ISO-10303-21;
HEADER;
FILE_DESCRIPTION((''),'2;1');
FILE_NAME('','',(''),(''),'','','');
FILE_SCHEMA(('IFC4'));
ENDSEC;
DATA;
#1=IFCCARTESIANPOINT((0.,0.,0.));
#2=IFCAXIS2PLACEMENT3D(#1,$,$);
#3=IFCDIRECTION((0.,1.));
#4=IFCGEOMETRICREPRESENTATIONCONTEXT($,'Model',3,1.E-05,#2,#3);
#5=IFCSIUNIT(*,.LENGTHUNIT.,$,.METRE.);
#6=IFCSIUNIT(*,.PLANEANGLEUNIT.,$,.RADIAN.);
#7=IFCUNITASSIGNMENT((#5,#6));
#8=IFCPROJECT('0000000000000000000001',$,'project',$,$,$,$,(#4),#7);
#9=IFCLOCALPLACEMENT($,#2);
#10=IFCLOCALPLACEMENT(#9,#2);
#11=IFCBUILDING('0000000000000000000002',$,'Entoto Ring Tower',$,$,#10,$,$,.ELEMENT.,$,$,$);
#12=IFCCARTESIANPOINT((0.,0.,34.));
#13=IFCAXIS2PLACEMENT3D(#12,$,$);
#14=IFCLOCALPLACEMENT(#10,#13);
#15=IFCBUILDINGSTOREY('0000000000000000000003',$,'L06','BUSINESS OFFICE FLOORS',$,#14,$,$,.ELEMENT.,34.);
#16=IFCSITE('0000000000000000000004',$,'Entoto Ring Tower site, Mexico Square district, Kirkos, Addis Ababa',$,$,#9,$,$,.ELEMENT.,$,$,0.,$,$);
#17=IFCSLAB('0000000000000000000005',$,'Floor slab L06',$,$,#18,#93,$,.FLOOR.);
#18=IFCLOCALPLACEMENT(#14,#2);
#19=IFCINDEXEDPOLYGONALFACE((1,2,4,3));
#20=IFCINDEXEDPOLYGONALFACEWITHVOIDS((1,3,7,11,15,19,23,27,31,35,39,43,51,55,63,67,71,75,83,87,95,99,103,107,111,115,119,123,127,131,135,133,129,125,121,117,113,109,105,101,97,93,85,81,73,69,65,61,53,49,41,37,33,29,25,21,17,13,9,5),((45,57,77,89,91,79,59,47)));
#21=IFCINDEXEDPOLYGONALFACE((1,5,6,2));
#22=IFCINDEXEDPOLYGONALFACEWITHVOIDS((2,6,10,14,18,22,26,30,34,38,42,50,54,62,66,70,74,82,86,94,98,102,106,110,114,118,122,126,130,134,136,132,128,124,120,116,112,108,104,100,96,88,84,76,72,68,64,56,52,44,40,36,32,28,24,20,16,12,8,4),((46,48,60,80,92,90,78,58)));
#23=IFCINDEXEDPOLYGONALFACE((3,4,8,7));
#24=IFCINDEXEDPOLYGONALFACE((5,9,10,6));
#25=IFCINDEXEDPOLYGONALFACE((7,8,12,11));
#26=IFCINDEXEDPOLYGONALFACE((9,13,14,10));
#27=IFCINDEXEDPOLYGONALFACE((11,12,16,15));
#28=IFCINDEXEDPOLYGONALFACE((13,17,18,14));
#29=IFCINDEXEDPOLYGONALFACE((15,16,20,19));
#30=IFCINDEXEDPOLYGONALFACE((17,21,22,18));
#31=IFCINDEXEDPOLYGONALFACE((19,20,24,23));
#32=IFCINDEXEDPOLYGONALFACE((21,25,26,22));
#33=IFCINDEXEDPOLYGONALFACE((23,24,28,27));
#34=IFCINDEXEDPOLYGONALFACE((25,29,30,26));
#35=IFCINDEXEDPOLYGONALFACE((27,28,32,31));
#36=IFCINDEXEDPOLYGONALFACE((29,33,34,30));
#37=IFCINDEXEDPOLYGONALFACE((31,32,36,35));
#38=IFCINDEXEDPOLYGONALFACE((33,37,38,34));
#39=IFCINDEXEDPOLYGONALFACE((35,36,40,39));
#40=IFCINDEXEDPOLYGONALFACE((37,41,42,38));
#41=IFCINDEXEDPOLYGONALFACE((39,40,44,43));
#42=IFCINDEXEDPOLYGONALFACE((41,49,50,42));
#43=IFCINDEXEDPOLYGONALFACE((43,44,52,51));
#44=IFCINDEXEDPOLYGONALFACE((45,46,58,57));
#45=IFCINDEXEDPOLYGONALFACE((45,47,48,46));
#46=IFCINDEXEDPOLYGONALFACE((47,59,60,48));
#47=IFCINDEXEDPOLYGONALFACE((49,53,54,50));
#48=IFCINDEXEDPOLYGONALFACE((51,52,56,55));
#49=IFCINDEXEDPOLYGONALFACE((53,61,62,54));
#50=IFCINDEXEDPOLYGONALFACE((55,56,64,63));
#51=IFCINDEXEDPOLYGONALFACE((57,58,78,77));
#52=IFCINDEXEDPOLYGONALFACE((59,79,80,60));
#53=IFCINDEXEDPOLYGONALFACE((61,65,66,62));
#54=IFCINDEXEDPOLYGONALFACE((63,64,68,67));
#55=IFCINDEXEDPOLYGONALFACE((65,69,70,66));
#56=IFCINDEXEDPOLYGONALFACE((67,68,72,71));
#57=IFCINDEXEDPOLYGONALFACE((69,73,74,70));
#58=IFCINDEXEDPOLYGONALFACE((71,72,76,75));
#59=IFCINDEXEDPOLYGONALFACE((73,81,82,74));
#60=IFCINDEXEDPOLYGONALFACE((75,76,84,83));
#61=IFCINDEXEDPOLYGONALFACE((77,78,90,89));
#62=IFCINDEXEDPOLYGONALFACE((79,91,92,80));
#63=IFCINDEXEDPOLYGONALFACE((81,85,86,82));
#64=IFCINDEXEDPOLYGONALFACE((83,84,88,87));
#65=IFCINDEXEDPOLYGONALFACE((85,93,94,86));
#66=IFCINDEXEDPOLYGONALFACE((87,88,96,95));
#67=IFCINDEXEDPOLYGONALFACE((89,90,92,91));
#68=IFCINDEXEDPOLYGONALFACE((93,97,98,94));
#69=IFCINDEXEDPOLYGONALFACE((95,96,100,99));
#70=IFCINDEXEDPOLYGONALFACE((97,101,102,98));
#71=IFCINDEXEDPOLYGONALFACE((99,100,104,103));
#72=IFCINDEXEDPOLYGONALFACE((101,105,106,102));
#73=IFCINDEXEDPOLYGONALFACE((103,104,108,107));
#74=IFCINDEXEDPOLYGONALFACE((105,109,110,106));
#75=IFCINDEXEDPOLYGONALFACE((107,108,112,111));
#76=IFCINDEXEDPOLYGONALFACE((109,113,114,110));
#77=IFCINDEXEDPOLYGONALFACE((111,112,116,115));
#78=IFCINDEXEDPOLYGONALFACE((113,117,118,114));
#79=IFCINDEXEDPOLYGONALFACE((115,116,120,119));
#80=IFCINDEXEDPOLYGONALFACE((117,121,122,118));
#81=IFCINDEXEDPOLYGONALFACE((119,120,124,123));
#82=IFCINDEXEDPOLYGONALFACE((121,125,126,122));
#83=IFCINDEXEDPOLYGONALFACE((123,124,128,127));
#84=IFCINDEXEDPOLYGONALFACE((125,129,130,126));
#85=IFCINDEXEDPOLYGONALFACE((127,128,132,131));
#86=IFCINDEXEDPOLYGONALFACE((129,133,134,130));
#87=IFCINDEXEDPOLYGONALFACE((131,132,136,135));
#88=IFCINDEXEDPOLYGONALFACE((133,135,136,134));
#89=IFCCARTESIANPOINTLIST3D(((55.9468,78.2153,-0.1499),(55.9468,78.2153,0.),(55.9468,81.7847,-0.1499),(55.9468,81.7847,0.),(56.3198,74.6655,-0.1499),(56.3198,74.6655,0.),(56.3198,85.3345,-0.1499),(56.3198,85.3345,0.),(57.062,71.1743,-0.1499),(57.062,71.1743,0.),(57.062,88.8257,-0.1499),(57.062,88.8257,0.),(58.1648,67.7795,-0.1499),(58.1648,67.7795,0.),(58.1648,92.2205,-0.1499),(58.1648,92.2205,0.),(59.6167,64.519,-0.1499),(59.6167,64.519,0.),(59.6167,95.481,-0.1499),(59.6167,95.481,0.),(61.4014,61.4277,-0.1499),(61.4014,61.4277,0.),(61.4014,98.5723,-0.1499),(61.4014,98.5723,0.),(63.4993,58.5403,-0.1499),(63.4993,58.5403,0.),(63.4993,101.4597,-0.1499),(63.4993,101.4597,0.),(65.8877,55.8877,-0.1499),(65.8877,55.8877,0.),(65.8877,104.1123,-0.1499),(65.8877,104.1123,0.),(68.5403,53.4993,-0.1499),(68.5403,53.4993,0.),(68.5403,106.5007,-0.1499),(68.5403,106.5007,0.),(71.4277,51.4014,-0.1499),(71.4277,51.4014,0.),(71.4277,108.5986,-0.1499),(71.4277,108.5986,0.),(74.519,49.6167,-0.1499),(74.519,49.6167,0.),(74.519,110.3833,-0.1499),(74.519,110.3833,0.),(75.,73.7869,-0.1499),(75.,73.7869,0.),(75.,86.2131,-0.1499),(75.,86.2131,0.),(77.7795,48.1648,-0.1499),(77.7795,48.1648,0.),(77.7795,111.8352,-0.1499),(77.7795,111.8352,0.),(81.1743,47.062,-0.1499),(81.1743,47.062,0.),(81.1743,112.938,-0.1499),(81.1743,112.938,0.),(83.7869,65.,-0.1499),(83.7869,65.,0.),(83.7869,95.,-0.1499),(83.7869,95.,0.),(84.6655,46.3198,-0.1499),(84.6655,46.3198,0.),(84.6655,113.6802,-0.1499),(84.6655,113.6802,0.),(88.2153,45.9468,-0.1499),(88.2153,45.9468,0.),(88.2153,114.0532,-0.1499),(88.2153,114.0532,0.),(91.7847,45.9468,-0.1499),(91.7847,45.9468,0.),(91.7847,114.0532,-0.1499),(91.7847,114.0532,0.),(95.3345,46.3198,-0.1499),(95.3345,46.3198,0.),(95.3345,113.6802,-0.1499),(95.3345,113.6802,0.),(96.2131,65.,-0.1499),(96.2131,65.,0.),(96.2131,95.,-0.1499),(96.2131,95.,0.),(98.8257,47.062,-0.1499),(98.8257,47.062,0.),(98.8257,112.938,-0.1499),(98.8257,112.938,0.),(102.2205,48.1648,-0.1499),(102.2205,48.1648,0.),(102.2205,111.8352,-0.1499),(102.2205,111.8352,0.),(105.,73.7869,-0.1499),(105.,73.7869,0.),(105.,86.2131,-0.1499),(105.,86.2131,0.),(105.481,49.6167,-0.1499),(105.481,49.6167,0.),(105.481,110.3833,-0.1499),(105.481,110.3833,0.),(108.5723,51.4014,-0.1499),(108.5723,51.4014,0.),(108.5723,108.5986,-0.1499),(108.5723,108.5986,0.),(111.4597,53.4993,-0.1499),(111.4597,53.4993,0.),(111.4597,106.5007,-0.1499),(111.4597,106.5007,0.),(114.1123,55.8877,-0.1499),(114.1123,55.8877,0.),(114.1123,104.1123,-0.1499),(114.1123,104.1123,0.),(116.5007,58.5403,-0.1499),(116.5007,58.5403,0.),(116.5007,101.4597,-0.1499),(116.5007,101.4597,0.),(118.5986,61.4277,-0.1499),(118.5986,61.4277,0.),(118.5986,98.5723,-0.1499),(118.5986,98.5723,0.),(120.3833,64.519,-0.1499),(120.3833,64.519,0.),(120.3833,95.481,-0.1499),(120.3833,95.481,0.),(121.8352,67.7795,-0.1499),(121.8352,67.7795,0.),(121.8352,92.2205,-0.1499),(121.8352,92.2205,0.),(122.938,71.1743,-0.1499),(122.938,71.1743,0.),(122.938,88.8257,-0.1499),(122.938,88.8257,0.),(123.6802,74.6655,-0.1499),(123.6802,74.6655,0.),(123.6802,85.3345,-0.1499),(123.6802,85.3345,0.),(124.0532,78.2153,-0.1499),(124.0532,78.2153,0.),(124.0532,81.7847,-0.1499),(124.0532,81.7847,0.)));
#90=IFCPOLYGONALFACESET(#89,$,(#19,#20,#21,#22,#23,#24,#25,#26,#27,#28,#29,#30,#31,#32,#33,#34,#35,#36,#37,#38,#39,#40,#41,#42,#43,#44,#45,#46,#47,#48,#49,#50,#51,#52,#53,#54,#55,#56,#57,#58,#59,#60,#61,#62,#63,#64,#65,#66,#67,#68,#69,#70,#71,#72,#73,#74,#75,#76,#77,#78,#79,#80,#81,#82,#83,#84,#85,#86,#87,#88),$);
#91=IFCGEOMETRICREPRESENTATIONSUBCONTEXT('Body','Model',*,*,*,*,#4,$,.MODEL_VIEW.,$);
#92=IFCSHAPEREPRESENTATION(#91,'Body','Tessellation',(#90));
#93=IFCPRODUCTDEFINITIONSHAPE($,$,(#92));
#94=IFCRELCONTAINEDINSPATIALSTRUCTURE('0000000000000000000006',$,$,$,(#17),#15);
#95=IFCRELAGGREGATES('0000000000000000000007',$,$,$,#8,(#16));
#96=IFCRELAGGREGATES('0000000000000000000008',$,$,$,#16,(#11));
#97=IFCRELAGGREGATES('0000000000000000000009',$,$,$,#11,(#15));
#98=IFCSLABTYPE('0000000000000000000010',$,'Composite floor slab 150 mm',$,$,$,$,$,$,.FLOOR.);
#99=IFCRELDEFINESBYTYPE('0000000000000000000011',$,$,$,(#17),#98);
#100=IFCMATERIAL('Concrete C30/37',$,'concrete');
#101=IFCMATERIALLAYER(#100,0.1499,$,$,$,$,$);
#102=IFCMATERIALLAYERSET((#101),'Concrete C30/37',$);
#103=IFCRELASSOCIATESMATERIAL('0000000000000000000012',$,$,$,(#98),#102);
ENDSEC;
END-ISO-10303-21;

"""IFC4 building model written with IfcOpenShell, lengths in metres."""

from ifc_helpers import new_model, si_unit, direction, frame, origin, place, context, subcontext, project, spatial, polyline, outline, extrude, material, layer, layer_set, type_object, element, save


model = new_model("IFC4")

# Units and contexts
model_context = context("Model", 3, precision=1e-05, world=origin(), true_north=direction((0.0, 1.0)))
body_context = subcontext(model_context, "Body", "Model", "MODEL_VIEW")
ifc_project = project(units=[si_unit("LENGTHUNIT", "METRE"), si_unit("PLANEANGLEUNIT", "RADIAN")], contexts=[model_context])

# Site, building, storey
site_placement = place(None, origin())
building_placement = place(site_placement, origin())
storey_placement = place(building_placement, frame((0.0, 0.0, 34.0)))
site = spatial("IfcSite", under=ifc_project, at=site_placement, Name="Entoto Ring Tower site, Mexico Square district, Kirkos, Addis Ababa", CompositionType="ELEMENT", RefElevation=0.0)
building = spatial("IfcBuilding", under=site, at=building_placement, Name="Entoto Ring Tower", CompositionType="ELEMENT")
storey = spatial("IfcBuildingStorey", under=building, at=storey_placement, Name="L06", Description="BUSINESS OFFICE FLOORS", CompositionType="ELEMENT", Elevation=34.0)

# Slab
ifc_material_1 = material(Name="Concrete C30/37", Category="concrete")
ifc_layer_1 = layer(ifc_material_1, 0.1499)
ifc_layer_set_1 = layer_set([ifc_layer_1], Name="Concrete C30/37")
slab_type = type_object("IfcSlabType", Name="Composite floor slab 150 mm", PredefinedType="FLOOR", material=ifc_layer_set_1)
slab_placement = place(storey_placement, frame((0.0, 0.0, -0.1499)))
element("IfcSlab", 1, at=slab_placement, inside=storey, type_object=slab_type, Name="Floor slab L06", PredefinedType="FLOOR", context=body_context, shape_type="SweptSolid", body=[
    extrude(outline(polyline([(123.6802, 85.3345), (122.938, 88.8257), (121.8352, 92.2205), (120.3833, 95.481), (118.5986, 98.5723), (116.5007, 101.4597), (114.1123, 104.1123), (111.4597, 106.5007), (108.5723, 108.5986), (105.481, 110.3833), (102.2205, 111.8352), (98.8257, 112.938), (95.3345, 113.6802), (91.7847, 114.0532), (88.2153, 114.0532), (84.6655, 113.6802), (81.1743, 112.938), (77.7795, 111.8352), (74.519, 110.3833), (71.4277, 108.5986), (68.5403, 106.5007), (65.8877, 104.1123), (63.4993, 101.4597), (61.4014, 98.5723), (59.6167, 95.481), (58.1648, 92.2205), (57.062, 88.8257), (56.3198, 85.3345), (55.9468, 81.7847), (55.9468, 78.2153), (56.3198, 74.6655), (57.062, 71.1743), (58.1648, 67.7795), (59.6167, 64.519), (61.4014, 61.4277), (63.4993, 58.5403), (65.8877, 55.8877), (68.5403, 53.4993), (71.4277, 51.4014), (74.519, 49.6167), (77.7795, 48.1648), (81.1743, 47.062), (84.6655, 46.3198), (88.2153, 45.9468), (91.7847, 45.9468), (95.3345, 46.3198), (98.8257, 47.062), (102.2205, 48.1648), (105.481, 49.6167), (108.5723, 51.4014), (111.4597, 53.4993), (114.1123, 55.8877), (116.5007, 58.5403), (118.5986, 61.4277), (120.3833, 64.519), (121.8352, 67.7795), (122.938, 71.1743), (123.6802, 74.6655), (124.0532, 78.2153), (124.0532, 81.7847), (123.6802, 85.3345)]), holes=[polyline([(105.0, 73.7869), (105.0, 86.2131), (96.2131, 95.0), (83.7869, 95.0), (75.0, 86.2131), (75.0, 73.7869), (83.7869, 65.0), (96.2131, 65.0), (105.0, 73.7869)])]), origin(), (0.0, 0.0, 1.0), 0.1499),
])

save(model, "model.ifc")
